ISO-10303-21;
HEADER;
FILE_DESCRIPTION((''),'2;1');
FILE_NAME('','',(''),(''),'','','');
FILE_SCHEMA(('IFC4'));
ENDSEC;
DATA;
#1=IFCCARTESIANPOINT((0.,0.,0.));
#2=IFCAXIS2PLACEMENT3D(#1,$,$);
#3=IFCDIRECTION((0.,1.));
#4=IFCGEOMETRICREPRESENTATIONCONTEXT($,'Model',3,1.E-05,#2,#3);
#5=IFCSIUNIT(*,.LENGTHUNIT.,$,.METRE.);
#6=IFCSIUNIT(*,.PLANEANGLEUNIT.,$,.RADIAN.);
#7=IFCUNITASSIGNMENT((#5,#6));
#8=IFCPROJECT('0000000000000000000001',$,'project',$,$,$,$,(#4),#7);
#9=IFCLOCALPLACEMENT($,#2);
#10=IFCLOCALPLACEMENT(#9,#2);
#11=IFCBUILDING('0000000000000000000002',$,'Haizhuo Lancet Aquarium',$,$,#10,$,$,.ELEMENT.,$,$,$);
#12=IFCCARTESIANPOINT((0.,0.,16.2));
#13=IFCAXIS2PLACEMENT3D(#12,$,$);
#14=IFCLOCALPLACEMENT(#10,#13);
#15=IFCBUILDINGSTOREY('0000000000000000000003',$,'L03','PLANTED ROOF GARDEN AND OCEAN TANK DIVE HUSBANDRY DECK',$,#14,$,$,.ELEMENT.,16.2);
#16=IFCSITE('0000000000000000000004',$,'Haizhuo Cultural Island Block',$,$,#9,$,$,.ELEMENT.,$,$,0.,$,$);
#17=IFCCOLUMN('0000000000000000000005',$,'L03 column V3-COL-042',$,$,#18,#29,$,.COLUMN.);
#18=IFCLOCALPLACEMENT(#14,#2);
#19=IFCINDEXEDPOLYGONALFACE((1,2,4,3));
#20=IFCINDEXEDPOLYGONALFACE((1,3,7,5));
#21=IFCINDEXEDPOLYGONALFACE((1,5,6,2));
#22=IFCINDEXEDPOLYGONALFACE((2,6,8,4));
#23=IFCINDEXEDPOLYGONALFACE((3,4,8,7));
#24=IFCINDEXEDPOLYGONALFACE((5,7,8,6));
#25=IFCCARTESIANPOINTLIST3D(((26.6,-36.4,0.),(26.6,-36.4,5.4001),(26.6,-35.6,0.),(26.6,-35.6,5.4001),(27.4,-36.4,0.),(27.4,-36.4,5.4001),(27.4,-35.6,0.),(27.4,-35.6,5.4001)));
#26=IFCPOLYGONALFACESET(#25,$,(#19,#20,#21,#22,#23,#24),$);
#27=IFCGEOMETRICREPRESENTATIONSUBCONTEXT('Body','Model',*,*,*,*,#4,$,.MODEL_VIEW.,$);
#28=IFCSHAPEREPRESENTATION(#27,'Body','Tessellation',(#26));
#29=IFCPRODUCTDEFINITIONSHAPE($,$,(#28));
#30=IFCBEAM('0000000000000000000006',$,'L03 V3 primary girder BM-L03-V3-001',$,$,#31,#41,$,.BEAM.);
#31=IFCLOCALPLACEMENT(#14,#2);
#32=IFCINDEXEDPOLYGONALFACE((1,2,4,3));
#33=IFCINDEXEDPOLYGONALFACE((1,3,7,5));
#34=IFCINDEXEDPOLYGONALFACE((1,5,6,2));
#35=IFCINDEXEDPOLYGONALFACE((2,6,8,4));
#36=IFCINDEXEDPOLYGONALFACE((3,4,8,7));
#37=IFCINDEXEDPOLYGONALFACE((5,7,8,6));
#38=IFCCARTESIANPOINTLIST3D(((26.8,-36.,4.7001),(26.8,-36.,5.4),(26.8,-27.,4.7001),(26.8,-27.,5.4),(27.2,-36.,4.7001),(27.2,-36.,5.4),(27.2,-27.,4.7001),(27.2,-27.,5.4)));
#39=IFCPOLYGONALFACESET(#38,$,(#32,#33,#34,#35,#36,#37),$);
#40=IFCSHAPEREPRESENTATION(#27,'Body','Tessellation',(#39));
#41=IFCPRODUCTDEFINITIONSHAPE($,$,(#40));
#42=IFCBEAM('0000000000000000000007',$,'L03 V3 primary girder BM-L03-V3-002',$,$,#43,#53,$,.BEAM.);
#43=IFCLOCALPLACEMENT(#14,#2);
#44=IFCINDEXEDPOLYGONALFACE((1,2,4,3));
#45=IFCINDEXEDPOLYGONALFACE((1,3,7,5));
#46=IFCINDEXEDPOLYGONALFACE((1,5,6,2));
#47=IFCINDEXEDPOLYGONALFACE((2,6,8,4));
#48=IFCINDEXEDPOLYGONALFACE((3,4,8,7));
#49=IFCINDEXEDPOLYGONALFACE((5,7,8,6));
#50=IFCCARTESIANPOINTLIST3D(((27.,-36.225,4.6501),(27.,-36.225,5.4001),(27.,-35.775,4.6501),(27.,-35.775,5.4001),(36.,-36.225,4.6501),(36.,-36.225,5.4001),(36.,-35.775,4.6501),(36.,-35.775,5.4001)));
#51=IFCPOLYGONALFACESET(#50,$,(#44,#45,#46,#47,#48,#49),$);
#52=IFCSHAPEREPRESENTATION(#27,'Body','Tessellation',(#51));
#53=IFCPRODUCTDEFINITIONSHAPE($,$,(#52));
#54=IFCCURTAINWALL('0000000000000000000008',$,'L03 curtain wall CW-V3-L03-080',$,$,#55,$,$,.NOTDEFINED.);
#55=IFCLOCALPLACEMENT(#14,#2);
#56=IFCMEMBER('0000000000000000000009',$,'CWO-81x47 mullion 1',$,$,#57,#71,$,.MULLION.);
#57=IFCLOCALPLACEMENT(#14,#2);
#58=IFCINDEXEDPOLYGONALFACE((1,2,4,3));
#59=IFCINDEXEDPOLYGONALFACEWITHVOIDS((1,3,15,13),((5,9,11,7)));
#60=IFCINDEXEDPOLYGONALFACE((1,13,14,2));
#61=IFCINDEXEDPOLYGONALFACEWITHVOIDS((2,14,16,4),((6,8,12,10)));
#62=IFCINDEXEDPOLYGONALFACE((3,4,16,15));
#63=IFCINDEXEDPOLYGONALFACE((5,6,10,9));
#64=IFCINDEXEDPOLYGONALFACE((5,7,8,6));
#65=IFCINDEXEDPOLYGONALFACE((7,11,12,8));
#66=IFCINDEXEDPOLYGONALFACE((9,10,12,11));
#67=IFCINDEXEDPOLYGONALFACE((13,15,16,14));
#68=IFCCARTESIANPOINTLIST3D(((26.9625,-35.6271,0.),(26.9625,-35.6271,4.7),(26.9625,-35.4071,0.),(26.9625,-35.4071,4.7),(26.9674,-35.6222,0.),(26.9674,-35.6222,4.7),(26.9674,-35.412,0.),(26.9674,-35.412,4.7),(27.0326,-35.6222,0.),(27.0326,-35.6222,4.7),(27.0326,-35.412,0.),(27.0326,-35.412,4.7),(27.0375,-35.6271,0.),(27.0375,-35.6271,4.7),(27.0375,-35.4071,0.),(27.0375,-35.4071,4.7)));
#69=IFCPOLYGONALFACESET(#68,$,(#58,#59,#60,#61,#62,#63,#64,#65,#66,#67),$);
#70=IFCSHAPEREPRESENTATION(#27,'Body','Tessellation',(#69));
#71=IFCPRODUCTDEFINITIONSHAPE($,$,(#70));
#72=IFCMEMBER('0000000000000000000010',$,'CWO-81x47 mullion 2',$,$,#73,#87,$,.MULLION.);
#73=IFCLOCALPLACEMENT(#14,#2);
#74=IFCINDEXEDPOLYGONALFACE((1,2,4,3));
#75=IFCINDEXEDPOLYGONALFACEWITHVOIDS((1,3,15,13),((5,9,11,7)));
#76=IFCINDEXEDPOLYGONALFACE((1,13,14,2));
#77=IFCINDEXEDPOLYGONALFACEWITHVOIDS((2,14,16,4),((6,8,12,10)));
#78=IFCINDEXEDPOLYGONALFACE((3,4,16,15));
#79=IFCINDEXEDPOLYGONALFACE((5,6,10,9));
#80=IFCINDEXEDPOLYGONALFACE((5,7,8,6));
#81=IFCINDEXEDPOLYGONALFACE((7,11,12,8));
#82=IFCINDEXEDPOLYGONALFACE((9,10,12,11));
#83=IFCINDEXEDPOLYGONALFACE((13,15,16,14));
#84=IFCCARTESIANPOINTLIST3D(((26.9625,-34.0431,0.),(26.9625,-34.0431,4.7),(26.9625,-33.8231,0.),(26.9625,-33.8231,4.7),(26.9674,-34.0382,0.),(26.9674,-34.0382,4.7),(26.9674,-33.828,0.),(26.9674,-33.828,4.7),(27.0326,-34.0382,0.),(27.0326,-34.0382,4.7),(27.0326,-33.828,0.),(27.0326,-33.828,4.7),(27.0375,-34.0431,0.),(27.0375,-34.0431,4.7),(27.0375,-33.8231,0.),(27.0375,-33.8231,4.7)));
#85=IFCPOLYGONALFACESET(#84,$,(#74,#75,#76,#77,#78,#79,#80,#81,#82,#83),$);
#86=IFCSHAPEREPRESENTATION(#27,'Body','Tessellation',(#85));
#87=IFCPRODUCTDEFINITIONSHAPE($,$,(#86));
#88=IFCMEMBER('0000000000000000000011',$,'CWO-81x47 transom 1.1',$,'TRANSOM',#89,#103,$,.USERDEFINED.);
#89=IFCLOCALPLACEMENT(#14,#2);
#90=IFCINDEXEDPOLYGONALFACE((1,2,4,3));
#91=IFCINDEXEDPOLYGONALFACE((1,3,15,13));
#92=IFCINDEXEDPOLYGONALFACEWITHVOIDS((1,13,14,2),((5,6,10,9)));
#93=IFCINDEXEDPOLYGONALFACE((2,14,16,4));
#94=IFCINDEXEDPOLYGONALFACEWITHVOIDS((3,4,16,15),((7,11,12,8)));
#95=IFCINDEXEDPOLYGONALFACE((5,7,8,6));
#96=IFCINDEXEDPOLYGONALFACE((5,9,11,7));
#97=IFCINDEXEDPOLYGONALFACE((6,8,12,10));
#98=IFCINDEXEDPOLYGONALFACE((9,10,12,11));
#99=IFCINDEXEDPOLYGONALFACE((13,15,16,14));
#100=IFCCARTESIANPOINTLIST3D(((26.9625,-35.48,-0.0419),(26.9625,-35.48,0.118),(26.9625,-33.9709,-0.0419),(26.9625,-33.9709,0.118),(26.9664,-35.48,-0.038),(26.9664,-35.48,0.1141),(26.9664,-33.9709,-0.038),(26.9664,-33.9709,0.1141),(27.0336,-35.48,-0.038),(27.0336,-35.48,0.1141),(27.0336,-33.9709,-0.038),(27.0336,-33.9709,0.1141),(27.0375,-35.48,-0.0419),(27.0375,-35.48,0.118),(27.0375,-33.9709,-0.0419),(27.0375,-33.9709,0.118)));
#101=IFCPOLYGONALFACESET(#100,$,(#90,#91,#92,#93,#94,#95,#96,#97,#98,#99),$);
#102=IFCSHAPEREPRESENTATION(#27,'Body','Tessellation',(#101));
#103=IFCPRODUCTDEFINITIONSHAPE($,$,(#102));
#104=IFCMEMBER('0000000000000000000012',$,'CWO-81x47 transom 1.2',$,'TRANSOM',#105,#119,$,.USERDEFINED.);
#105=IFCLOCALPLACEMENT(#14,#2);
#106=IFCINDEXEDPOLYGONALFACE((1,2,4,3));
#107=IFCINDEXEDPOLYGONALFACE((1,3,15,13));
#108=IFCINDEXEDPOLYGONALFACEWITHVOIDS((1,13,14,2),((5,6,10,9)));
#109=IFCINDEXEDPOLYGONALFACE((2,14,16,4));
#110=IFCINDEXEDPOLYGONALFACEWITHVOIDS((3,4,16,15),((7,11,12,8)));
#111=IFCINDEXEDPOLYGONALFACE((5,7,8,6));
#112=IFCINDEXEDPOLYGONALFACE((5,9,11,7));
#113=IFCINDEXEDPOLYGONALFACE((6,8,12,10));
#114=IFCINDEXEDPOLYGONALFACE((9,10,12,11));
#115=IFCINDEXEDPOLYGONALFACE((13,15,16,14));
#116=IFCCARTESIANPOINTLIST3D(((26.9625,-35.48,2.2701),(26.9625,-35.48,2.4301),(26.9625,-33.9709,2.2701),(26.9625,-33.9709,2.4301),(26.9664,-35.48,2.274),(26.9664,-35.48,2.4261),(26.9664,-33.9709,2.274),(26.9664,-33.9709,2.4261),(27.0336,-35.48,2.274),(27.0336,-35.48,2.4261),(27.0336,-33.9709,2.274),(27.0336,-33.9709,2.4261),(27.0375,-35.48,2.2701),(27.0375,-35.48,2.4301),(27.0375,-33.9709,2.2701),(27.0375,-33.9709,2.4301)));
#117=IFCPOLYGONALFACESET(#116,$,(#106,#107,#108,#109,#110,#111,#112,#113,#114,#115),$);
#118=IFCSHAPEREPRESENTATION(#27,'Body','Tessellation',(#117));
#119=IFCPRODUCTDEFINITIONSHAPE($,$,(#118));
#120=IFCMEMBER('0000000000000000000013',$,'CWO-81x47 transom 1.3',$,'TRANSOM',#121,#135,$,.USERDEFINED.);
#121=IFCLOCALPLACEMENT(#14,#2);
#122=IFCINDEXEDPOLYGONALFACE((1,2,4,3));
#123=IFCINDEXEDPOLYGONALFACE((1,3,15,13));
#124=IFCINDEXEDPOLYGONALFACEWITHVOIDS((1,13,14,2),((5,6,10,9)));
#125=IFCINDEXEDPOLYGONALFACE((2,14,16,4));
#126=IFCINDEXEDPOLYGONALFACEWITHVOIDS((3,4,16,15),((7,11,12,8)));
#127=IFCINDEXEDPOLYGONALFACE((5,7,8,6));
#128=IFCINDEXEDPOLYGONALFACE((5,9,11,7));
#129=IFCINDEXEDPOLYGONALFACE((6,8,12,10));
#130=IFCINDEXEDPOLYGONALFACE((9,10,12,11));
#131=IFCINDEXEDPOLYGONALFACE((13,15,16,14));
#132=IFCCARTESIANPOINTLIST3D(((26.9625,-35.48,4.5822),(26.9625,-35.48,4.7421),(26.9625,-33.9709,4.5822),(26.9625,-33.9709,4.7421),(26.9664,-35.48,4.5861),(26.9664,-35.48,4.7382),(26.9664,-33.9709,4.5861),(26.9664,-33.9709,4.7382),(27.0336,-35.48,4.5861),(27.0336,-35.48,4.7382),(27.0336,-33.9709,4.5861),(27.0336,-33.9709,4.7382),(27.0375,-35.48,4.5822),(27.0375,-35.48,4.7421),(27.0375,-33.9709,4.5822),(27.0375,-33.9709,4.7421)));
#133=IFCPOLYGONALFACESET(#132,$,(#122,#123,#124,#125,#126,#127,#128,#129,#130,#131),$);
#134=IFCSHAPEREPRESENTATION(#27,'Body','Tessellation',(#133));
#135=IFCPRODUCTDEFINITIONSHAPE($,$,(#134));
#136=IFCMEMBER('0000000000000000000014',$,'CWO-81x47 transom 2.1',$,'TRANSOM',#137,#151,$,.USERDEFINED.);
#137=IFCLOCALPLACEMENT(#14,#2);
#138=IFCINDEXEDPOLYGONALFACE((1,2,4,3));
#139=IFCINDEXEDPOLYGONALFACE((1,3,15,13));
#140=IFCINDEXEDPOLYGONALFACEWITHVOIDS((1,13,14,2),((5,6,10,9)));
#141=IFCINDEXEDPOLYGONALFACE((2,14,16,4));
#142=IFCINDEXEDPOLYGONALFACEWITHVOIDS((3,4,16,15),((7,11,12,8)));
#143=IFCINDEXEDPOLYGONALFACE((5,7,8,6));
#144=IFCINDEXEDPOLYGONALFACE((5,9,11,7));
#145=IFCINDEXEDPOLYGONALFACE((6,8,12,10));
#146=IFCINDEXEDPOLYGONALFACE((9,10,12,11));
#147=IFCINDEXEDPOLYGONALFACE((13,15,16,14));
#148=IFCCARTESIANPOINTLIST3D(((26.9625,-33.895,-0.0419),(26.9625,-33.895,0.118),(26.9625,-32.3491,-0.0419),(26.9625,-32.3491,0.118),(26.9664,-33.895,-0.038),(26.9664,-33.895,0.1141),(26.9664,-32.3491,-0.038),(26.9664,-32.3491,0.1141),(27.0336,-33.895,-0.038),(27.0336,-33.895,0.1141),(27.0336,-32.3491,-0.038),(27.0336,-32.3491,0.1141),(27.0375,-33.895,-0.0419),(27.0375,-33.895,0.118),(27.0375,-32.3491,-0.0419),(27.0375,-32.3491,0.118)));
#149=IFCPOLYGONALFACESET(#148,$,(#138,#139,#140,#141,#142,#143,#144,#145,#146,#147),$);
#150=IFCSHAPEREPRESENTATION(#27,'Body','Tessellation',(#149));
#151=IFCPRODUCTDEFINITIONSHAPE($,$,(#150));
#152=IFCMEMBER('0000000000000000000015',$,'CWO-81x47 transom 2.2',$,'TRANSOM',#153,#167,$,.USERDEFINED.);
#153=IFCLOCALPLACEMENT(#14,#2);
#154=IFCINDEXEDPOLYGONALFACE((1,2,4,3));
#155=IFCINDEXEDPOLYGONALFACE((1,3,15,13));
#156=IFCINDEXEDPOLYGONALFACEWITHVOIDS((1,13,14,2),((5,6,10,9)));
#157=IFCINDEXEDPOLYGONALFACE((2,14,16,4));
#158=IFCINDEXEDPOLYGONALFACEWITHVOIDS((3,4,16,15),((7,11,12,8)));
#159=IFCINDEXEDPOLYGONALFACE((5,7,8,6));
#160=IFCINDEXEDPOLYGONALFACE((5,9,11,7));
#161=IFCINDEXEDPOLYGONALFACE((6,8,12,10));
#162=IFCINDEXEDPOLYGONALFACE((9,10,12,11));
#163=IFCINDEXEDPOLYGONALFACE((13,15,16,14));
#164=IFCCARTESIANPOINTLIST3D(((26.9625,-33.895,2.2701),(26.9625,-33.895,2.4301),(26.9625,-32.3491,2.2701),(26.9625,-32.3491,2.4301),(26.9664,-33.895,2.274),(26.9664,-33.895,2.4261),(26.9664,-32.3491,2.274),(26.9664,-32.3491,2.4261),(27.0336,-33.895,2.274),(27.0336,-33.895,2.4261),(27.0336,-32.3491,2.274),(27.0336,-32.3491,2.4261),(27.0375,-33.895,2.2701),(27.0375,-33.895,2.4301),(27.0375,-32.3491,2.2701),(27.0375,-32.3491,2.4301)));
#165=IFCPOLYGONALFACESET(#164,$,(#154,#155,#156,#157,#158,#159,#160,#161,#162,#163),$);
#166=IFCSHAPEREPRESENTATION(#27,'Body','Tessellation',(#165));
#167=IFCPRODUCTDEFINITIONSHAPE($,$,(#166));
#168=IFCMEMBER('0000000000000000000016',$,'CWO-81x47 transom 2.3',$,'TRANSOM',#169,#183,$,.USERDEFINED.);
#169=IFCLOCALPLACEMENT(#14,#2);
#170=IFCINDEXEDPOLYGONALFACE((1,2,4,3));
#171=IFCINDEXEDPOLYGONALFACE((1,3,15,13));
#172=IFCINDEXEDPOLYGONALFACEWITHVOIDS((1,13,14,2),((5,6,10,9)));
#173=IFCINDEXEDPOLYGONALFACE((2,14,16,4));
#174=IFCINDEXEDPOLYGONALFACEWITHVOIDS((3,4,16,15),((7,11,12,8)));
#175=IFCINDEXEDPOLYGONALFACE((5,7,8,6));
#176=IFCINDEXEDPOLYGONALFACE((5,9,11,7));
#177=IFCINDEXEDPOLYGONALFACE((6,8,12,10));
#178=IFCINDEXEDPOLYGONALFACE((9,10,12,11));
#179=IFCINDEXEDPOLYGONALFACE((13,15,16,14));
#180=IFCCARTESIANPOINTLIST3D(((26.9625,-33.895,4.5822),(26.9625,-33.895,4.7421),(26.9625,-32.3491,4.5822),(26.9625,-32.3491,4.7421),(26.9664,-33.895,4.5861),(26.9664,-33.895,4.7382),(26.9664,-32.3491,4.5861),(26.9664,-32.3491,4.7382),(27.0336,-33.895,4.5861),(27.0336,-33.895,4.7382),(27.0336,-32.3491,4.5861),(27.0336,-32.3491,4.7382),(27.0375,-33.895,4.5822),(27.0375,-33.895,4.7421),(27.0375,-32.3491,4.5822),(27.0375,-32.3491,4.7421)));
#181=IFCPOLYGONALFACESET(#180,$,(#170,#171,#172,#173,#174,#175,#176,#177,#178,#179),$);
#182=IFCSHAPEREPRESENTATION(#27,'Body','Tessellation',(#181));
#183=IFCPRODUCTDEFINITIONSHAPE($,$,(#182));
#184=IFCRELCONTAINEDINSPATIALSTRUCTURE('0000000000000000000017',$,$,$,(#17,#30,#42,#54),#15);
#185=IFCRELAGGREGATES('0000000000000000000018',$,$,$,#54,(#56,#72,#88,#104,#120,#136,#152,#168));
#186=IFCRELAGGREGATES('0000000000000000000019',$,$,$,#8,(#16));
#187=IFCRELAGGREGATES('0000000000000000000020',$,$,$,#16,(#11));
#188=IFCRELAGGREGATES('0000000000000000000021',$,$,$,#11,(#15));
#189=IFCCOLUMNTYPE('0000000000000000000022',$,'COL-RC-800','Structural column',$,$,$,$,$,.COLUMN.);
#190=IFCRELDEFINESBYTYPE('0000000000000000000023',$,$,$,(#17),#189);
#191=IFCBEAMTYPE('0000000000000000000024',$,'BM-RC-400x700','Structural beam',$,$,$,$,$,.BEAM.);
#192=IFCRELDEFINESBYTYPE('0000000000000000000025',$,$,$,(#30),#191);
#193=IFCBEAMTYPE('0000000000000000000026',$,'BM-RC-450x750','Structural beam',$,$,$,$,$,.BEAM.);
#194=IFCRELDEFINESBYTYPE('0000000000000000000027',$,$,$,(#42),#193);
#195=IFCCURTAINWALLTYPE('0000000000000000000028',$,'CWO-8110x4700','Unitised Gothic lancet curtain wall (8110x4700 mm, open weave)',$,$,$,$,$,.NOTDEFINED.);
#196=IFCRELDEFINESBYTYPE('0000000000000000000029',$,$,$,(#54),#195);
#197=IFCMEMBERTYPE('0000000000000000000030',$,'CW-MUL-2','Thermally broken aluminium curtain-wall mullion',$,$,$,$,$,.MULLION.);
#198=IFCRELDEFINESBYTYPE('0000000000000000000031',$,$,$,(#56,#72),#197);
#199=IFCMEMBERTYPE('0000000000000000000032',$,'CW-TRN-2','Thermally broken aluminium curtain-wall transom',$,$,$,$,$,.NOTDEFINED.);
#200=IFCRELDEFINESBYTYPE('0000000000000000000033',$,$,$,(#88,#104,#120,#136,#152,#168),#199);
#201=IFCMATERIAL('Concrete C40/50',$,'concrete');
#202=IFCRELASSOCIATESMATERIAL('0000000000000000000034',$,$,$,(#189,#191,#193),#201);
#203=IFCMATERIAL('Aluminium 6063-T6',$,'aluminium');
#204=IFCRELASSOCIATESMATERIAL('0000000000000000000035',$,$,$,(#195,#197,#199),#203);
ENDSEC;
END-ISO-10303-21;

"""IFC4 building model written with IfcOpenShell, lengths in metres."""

from ifc_helpers import new_model, si_unit, direction, frame, origin, origin_2d, place, context, subcontext, project, spatial, rectangle, hollow_rectangle, extrude, material, material_profile, profile_set, type_object, element, aggregate, save


model = new_model("IFC4")

# Units and contexts
model_context = context("Model", 3, precision=1e-05, world=origin(), true_north=direction((0.0, 1.0)))
body_context = subcontext(model_context, "Body", "Model", "MODEL_VIEW")
ifc_project = project(units=[si_unit("LENGTHUNIT", "METRE"), si_unit("PLANEANGLEUNIT", "RADIAN")], contexts=[model_context])

# Site, building, storey
site_placement = place(None, origin())
site = spatial("IfcSite", under=ifc_project, at=site_placement, Name="Haizhuo Cultural Island Block", CompositionType="ELEMENT", RefElevation=0.0)
building_placement = place(site_placement, origin())
building = spatial("IfcBuilding", under=site, at=building_placement, Name="Haizhuo Lancet Aquarium", CompositionType="ELEMENT")
storey_placement = place(building_placement, frame((0.0, 0.0, 16.2)))
storey = spatial("IfcBuildingStorey", under=building, at=storey_placement, Name="L03", Description="PLANTED ROOF GARDEN AND OCEAN TANK DIVE HUSBANDRY DECK", CompositionType="ELEMENT", Elevation=16.2)

# Column
ifc_material_1 = material(Name="Concrete C40/50", Category="concrete")
ifc_material_profile_1 = material_profile(ifc_material_1, rectangle(XDim=0.8, YDim=0.8, at=origin_2d()), Name="RC-COL 800x800")
ifc_profile_set_1 = profile_set([ifc_material_profile_1], Name="Concrete C40/50")
column_type = type_object("IfcColumnType", Name="COL-RC-800", Description="Structural column", PredefinedType="COLUMN", material=ifc_profile_set_1)
column_placement = place(storey_placement, frame((27.0, -36.0, 0.0), z_axis=(0.0, 0.0, 1.0), x_axis=(1.0, 0.0, 0.0)))
element("IfcColumn", 1, at=column_placement, inside=storey, type_object=column_type, Name="L03 column V3-COL-042", PredefinedType="COLUMN", context=body_context, shape_type="SweptSolid", body=[
    extrude(rectangle(XDim=0.8, YDim=0.8, at=origin_2d()), origin(), (0.0, 0.0, 1.0), 5.4001),
])

# Beams
ifc_material_profile_2 = material_profile(ifc_material_1, rectangle(XDim=0.3999, YDim=0.7, at=origin_2d()), Name="RC-BM 400x700")
ifc_profile_set_2 = profile_set([ifc_material_profile_2], Name="Concrete C40/50")
beam_type_1 = type_object("IfcBeamType", Name="BM-RC-400x700", Description="Structural beam", PredefinedType="BEAM", material=ifc_profile_set_2)
beam_1_placement = place(storey_placement, frame((27.0, -36.0, 5.05), z_axis=(0.0, 1.0, 0.0), x_axis=(-1.0, 0.0, 0.0)))
element("IfcBeam", 2, at=beam_1_placement, inside=storey, type_object=beam_type_1, Name="L03 V3 primary girder BM-L03-V3-001", PredefinedType="BEAM", context=body_context, shape_type="SweptSolid", body=[
    extrude(rectangle(XDim=0.3999, YDim=0.7, at=origin_2d()), origin(), (0.0, 0.0, 1.0), 9.0),
])
ifc_material_profile_3 = material_profile(ifc_material_1, rectangle(XDim=0.45, YDim=0.75, at=origin_2d()), Name="RC-BM 450x750")
ifc_profile_set_3 = profile_set([ifc_material_profile_3], Name="Concrete C40/50")
beam_type_2 = type_object("IfcBeamType", Name="BM-RC-450x750", Description="Structural beam", PredefinedType="BEAM", material=ifc_profile_set_3)
beam_2_placement = place(storey_placement, frame((27.0, -36.0, 5.0251), z_axis=(1.0, 0.0, 0.0), x_axis=(0.0, 1.0, 0.0)))
element("IfcBeam", 3, at=beam_2_placement, inside=storey, type_object=beam_type_2, Name="L03 V3 primary girder BM-L03-V3-002", PredefinedType="BEAM", context=body_context, shape_type="SweptSolid", body=[
    extrude(rectangle(XDim=0.45, YDim=0.75, at=origin_2d()), origin(), (0.0, 0.0, 1.0), 9.0),
])

# Curtain wall, members
ifc_material_2 = material(Name="Aluminium 6063-T6", Category="aluminium")
curtain_wall_type = type_object("IfcCurtainWallType", Name="CWO-8110x4700", Description="Unitised Gothic lancet curtain wall (8110x4700 mm, open weave)", PredefinedType="NOTDEFINED", material=ifc_material_2)
curtain_wall_placement = place(storey_placement, origin())
curtain_wall = element("IfcCurtainWall", 4, at=curtain_wall_placement, inside=storey, type_object=curtain_wall_type, Name="L03 curtain wall CW-V3-L03-080", PredefinedType="NOTDEFINED")
ifc_material_profile_4 = material_profile(ifc_material_2, hollow_rectangle(XDim=0.075, YDim=0.22, WallThickness=0.0049, at=origin_2d()), Name="ALU-M 75x220x5")
ifc_profile_set_4 = profile_set([ifc_material_profile_4], Name="Aluminium 6063-T6")
member_type_1 = type_object("IfcMemberType", Name="CW-MUL-2", Description="Thermally broken aluminium curtain-wall mullion", PredefinedType="MULLION", material=ifc_profile_set_4)
member_1_placement = place(storey_placement, frame((27.0, -35.5171, 0.0), z_axis=(0.0, 0.0, 1.0), x_axis=(-1.0, 0.0, 0.0)))
member_1 = element("IfcMember", 5, at=member_1_placement, type_object=member_type_1, Name="CWO-81x47 mullion 1", PredefinedType="MULLION", context=body_context, shape_type="SweptSolid", body=[
    extrude(hollow_rectangle(XDim=0.075, YDim=0.22, WallThickness=0.0049, at=origin_2d()), origin(), (0.0, 0.0, 1.0), 4.7),
])
member_2_placement = place(storey_placement, frame((27.0, -33.9331, 0.0), z_axis=(0.0, 0.0, 1.0), x_axis=(-1.0, 0.0, 0.0)))
member_2 = element("IfcMember", 6, at=member_2_placement, type_object=member_type_1, Name="CWO-81x47 mullion 2", PredefinedType="MULLION", context=body_context, shape_type="SweptSolid", body=[
    extrude(hollow_rectangle(XDim=0.075, YDim=0.22, WallThickness=0.0049, at=origin_2d()), origin(), (0.0, 0.0, 1.0), 4.7),
])
ifc_material_profile_5 = material_profile(ifc_material_2, hollow_rectangle(XDim=0.075, YDim=0.1599, WallThickness=0.0039, at=origin_2d()), Name="ALU-T 75x160x4")
ifc_profile_set_5 = profile_set([ifc_material_profile_5], Name="Aluminium 6063-T6")
member_type_2 = type_object("IfcMemberType", Name="CW-TRN-2", Description="Thermally broken aluminium curtain-wall transom", PredefinedType="NOTDEFINED", material=ifc_profile_set_5)
member_3_placement = place(storey_placement, frame((27.0, -35.48, 0.0381), z_axis=(0.0, 1.0, 0.0), x_axis=(-1.0, 0.0, 0.0)))
member_3 = element("IfcMember", 7, at=member_3_placement, type_object=member_type_2, Name="CWO-81x47 transom 1.1", ObjectType="TRANSOM", PredefinedType="USERDEFINED", context=body_context, shape_type="SweptSolid", body=[
    extrude(hollow_rectangle(XDim=0.075, YDim=0.1599, WallThickness=0.0039, at=origin_2d()), origin(), (0.0, 0.0, 1.0), 1.509),
])
member_4_placement = place(storey_placement, frame((27.0, -35.48, 2.3501), z_axis=(0.0, 1.0, 0.0), x_axis=(-1.0, 0.0, 0.0)))
member_4 = element("IfcMember", 8, at=member_4_placement, type_object=member_type_2, Name="CWO-81x47 transom 1.2", ObjectType="TRANSOM", PredefinedType="USERDEFINED", context=body_context, shape_type="SweptSolid", body=[
    extrude(hollow_rectangle(XDim=0.075, YDim=0.1599, WallThickness=0.0039, at=origin_2d()), origin(), (0.0, 0.0, 1.0), 1.509),
])
member_5_placement = place(storey_placement, frame((27.0, -35.48, 4.6621), z_axis=(0.0, 1.0, 0.0), x_axis=(-1.0, 0.0, 0.0)))
member_5 = element("IfcMember", 9, at=member_5_placement, type_object=member_type_2, Name="CWO-81x47 transom 1.3", ObjectType="TRANSOM", PredefinedType="USERDEFINED", context=body_context, shape_type="SweptSolid", body=[
    extrude(hollow_rectangle(XDim=0.075, YDim=0.1599, WallThickness=0.0039, at=origin_2d()), origin(), (0.0, 0.0, 1.0), 1.509),
])
member_6_placement = place(storey_placement, frame((27.0, -33.895, 0.0381), z_axis=(0.0, 1.0, 0.0), x_axis=(-1.0, 0.0, 0.0)))
member_6 = element("IfcMember", 10, at=member_6_placement, type_object=member_type_2, Name="CWO-81x47 transom 2.1", ObjectType="TRANSOM", PredefinedType="USERDEFINED", context=body_context, shape_type="SweptSolid", body=[
    extrude(hollow_rectangle(XDim=0.075, YDim=0.1599, WallThickness=0.0039, at=origin_2d()), origin(), (0.0, 0.0, 1.0), 1.5459),
])
member_7_placement = place(storey_placement, frame((27.0, -33.895, 2.3501), z_axis=(0.0, 1.0, 0.0), x_axis=(-1.0, 0.0, 0.0)))
member_7 = element("IfcMember", 11, at=member_7_placement, type_object=member_type_2, Name="CWO-81x47 transom 2.2", ObjectType="TRANSOM", PredefinedType="USERDEFINED", context=body_context, shape_type="SweptSolid", body=[
    extrude(hollow_rectangle(XDim=0.075, YDim=0.1599, WallThickness=0.0039, at=origin_2d()), origin(), (0.0, 0.0, 1.0), 1.5459),
])
member_8_placement = place(storey_placement, frame((27.0, -33.895, 4.6621), z_axis=(0.0, 1.0, 0.0), x_axis=(-1.0, 0.0, 0.0)))
member_8 = element("IfcMember", 12, at=member_8_placement, type_object=member_type_2, Name="CWO-81x47 transom 2.3", ObjectType="TRANSOM", PredefinedType="USERDEFINED", context=body_context, shape_type="SweptSolid", body=[
    extrude(hollow_rectangle(XDim=0.075, YDim=0.1599, WallThickness=0.0039, at=origin_2d()), origin(), (0.0, 0.0, 1.0), 1.5459),
])

aggregate(curtain_wall, [member_1, member_2, member_3, member_4, member_5, member_6, member_7, member_8])

save(model, "model.ifc")
